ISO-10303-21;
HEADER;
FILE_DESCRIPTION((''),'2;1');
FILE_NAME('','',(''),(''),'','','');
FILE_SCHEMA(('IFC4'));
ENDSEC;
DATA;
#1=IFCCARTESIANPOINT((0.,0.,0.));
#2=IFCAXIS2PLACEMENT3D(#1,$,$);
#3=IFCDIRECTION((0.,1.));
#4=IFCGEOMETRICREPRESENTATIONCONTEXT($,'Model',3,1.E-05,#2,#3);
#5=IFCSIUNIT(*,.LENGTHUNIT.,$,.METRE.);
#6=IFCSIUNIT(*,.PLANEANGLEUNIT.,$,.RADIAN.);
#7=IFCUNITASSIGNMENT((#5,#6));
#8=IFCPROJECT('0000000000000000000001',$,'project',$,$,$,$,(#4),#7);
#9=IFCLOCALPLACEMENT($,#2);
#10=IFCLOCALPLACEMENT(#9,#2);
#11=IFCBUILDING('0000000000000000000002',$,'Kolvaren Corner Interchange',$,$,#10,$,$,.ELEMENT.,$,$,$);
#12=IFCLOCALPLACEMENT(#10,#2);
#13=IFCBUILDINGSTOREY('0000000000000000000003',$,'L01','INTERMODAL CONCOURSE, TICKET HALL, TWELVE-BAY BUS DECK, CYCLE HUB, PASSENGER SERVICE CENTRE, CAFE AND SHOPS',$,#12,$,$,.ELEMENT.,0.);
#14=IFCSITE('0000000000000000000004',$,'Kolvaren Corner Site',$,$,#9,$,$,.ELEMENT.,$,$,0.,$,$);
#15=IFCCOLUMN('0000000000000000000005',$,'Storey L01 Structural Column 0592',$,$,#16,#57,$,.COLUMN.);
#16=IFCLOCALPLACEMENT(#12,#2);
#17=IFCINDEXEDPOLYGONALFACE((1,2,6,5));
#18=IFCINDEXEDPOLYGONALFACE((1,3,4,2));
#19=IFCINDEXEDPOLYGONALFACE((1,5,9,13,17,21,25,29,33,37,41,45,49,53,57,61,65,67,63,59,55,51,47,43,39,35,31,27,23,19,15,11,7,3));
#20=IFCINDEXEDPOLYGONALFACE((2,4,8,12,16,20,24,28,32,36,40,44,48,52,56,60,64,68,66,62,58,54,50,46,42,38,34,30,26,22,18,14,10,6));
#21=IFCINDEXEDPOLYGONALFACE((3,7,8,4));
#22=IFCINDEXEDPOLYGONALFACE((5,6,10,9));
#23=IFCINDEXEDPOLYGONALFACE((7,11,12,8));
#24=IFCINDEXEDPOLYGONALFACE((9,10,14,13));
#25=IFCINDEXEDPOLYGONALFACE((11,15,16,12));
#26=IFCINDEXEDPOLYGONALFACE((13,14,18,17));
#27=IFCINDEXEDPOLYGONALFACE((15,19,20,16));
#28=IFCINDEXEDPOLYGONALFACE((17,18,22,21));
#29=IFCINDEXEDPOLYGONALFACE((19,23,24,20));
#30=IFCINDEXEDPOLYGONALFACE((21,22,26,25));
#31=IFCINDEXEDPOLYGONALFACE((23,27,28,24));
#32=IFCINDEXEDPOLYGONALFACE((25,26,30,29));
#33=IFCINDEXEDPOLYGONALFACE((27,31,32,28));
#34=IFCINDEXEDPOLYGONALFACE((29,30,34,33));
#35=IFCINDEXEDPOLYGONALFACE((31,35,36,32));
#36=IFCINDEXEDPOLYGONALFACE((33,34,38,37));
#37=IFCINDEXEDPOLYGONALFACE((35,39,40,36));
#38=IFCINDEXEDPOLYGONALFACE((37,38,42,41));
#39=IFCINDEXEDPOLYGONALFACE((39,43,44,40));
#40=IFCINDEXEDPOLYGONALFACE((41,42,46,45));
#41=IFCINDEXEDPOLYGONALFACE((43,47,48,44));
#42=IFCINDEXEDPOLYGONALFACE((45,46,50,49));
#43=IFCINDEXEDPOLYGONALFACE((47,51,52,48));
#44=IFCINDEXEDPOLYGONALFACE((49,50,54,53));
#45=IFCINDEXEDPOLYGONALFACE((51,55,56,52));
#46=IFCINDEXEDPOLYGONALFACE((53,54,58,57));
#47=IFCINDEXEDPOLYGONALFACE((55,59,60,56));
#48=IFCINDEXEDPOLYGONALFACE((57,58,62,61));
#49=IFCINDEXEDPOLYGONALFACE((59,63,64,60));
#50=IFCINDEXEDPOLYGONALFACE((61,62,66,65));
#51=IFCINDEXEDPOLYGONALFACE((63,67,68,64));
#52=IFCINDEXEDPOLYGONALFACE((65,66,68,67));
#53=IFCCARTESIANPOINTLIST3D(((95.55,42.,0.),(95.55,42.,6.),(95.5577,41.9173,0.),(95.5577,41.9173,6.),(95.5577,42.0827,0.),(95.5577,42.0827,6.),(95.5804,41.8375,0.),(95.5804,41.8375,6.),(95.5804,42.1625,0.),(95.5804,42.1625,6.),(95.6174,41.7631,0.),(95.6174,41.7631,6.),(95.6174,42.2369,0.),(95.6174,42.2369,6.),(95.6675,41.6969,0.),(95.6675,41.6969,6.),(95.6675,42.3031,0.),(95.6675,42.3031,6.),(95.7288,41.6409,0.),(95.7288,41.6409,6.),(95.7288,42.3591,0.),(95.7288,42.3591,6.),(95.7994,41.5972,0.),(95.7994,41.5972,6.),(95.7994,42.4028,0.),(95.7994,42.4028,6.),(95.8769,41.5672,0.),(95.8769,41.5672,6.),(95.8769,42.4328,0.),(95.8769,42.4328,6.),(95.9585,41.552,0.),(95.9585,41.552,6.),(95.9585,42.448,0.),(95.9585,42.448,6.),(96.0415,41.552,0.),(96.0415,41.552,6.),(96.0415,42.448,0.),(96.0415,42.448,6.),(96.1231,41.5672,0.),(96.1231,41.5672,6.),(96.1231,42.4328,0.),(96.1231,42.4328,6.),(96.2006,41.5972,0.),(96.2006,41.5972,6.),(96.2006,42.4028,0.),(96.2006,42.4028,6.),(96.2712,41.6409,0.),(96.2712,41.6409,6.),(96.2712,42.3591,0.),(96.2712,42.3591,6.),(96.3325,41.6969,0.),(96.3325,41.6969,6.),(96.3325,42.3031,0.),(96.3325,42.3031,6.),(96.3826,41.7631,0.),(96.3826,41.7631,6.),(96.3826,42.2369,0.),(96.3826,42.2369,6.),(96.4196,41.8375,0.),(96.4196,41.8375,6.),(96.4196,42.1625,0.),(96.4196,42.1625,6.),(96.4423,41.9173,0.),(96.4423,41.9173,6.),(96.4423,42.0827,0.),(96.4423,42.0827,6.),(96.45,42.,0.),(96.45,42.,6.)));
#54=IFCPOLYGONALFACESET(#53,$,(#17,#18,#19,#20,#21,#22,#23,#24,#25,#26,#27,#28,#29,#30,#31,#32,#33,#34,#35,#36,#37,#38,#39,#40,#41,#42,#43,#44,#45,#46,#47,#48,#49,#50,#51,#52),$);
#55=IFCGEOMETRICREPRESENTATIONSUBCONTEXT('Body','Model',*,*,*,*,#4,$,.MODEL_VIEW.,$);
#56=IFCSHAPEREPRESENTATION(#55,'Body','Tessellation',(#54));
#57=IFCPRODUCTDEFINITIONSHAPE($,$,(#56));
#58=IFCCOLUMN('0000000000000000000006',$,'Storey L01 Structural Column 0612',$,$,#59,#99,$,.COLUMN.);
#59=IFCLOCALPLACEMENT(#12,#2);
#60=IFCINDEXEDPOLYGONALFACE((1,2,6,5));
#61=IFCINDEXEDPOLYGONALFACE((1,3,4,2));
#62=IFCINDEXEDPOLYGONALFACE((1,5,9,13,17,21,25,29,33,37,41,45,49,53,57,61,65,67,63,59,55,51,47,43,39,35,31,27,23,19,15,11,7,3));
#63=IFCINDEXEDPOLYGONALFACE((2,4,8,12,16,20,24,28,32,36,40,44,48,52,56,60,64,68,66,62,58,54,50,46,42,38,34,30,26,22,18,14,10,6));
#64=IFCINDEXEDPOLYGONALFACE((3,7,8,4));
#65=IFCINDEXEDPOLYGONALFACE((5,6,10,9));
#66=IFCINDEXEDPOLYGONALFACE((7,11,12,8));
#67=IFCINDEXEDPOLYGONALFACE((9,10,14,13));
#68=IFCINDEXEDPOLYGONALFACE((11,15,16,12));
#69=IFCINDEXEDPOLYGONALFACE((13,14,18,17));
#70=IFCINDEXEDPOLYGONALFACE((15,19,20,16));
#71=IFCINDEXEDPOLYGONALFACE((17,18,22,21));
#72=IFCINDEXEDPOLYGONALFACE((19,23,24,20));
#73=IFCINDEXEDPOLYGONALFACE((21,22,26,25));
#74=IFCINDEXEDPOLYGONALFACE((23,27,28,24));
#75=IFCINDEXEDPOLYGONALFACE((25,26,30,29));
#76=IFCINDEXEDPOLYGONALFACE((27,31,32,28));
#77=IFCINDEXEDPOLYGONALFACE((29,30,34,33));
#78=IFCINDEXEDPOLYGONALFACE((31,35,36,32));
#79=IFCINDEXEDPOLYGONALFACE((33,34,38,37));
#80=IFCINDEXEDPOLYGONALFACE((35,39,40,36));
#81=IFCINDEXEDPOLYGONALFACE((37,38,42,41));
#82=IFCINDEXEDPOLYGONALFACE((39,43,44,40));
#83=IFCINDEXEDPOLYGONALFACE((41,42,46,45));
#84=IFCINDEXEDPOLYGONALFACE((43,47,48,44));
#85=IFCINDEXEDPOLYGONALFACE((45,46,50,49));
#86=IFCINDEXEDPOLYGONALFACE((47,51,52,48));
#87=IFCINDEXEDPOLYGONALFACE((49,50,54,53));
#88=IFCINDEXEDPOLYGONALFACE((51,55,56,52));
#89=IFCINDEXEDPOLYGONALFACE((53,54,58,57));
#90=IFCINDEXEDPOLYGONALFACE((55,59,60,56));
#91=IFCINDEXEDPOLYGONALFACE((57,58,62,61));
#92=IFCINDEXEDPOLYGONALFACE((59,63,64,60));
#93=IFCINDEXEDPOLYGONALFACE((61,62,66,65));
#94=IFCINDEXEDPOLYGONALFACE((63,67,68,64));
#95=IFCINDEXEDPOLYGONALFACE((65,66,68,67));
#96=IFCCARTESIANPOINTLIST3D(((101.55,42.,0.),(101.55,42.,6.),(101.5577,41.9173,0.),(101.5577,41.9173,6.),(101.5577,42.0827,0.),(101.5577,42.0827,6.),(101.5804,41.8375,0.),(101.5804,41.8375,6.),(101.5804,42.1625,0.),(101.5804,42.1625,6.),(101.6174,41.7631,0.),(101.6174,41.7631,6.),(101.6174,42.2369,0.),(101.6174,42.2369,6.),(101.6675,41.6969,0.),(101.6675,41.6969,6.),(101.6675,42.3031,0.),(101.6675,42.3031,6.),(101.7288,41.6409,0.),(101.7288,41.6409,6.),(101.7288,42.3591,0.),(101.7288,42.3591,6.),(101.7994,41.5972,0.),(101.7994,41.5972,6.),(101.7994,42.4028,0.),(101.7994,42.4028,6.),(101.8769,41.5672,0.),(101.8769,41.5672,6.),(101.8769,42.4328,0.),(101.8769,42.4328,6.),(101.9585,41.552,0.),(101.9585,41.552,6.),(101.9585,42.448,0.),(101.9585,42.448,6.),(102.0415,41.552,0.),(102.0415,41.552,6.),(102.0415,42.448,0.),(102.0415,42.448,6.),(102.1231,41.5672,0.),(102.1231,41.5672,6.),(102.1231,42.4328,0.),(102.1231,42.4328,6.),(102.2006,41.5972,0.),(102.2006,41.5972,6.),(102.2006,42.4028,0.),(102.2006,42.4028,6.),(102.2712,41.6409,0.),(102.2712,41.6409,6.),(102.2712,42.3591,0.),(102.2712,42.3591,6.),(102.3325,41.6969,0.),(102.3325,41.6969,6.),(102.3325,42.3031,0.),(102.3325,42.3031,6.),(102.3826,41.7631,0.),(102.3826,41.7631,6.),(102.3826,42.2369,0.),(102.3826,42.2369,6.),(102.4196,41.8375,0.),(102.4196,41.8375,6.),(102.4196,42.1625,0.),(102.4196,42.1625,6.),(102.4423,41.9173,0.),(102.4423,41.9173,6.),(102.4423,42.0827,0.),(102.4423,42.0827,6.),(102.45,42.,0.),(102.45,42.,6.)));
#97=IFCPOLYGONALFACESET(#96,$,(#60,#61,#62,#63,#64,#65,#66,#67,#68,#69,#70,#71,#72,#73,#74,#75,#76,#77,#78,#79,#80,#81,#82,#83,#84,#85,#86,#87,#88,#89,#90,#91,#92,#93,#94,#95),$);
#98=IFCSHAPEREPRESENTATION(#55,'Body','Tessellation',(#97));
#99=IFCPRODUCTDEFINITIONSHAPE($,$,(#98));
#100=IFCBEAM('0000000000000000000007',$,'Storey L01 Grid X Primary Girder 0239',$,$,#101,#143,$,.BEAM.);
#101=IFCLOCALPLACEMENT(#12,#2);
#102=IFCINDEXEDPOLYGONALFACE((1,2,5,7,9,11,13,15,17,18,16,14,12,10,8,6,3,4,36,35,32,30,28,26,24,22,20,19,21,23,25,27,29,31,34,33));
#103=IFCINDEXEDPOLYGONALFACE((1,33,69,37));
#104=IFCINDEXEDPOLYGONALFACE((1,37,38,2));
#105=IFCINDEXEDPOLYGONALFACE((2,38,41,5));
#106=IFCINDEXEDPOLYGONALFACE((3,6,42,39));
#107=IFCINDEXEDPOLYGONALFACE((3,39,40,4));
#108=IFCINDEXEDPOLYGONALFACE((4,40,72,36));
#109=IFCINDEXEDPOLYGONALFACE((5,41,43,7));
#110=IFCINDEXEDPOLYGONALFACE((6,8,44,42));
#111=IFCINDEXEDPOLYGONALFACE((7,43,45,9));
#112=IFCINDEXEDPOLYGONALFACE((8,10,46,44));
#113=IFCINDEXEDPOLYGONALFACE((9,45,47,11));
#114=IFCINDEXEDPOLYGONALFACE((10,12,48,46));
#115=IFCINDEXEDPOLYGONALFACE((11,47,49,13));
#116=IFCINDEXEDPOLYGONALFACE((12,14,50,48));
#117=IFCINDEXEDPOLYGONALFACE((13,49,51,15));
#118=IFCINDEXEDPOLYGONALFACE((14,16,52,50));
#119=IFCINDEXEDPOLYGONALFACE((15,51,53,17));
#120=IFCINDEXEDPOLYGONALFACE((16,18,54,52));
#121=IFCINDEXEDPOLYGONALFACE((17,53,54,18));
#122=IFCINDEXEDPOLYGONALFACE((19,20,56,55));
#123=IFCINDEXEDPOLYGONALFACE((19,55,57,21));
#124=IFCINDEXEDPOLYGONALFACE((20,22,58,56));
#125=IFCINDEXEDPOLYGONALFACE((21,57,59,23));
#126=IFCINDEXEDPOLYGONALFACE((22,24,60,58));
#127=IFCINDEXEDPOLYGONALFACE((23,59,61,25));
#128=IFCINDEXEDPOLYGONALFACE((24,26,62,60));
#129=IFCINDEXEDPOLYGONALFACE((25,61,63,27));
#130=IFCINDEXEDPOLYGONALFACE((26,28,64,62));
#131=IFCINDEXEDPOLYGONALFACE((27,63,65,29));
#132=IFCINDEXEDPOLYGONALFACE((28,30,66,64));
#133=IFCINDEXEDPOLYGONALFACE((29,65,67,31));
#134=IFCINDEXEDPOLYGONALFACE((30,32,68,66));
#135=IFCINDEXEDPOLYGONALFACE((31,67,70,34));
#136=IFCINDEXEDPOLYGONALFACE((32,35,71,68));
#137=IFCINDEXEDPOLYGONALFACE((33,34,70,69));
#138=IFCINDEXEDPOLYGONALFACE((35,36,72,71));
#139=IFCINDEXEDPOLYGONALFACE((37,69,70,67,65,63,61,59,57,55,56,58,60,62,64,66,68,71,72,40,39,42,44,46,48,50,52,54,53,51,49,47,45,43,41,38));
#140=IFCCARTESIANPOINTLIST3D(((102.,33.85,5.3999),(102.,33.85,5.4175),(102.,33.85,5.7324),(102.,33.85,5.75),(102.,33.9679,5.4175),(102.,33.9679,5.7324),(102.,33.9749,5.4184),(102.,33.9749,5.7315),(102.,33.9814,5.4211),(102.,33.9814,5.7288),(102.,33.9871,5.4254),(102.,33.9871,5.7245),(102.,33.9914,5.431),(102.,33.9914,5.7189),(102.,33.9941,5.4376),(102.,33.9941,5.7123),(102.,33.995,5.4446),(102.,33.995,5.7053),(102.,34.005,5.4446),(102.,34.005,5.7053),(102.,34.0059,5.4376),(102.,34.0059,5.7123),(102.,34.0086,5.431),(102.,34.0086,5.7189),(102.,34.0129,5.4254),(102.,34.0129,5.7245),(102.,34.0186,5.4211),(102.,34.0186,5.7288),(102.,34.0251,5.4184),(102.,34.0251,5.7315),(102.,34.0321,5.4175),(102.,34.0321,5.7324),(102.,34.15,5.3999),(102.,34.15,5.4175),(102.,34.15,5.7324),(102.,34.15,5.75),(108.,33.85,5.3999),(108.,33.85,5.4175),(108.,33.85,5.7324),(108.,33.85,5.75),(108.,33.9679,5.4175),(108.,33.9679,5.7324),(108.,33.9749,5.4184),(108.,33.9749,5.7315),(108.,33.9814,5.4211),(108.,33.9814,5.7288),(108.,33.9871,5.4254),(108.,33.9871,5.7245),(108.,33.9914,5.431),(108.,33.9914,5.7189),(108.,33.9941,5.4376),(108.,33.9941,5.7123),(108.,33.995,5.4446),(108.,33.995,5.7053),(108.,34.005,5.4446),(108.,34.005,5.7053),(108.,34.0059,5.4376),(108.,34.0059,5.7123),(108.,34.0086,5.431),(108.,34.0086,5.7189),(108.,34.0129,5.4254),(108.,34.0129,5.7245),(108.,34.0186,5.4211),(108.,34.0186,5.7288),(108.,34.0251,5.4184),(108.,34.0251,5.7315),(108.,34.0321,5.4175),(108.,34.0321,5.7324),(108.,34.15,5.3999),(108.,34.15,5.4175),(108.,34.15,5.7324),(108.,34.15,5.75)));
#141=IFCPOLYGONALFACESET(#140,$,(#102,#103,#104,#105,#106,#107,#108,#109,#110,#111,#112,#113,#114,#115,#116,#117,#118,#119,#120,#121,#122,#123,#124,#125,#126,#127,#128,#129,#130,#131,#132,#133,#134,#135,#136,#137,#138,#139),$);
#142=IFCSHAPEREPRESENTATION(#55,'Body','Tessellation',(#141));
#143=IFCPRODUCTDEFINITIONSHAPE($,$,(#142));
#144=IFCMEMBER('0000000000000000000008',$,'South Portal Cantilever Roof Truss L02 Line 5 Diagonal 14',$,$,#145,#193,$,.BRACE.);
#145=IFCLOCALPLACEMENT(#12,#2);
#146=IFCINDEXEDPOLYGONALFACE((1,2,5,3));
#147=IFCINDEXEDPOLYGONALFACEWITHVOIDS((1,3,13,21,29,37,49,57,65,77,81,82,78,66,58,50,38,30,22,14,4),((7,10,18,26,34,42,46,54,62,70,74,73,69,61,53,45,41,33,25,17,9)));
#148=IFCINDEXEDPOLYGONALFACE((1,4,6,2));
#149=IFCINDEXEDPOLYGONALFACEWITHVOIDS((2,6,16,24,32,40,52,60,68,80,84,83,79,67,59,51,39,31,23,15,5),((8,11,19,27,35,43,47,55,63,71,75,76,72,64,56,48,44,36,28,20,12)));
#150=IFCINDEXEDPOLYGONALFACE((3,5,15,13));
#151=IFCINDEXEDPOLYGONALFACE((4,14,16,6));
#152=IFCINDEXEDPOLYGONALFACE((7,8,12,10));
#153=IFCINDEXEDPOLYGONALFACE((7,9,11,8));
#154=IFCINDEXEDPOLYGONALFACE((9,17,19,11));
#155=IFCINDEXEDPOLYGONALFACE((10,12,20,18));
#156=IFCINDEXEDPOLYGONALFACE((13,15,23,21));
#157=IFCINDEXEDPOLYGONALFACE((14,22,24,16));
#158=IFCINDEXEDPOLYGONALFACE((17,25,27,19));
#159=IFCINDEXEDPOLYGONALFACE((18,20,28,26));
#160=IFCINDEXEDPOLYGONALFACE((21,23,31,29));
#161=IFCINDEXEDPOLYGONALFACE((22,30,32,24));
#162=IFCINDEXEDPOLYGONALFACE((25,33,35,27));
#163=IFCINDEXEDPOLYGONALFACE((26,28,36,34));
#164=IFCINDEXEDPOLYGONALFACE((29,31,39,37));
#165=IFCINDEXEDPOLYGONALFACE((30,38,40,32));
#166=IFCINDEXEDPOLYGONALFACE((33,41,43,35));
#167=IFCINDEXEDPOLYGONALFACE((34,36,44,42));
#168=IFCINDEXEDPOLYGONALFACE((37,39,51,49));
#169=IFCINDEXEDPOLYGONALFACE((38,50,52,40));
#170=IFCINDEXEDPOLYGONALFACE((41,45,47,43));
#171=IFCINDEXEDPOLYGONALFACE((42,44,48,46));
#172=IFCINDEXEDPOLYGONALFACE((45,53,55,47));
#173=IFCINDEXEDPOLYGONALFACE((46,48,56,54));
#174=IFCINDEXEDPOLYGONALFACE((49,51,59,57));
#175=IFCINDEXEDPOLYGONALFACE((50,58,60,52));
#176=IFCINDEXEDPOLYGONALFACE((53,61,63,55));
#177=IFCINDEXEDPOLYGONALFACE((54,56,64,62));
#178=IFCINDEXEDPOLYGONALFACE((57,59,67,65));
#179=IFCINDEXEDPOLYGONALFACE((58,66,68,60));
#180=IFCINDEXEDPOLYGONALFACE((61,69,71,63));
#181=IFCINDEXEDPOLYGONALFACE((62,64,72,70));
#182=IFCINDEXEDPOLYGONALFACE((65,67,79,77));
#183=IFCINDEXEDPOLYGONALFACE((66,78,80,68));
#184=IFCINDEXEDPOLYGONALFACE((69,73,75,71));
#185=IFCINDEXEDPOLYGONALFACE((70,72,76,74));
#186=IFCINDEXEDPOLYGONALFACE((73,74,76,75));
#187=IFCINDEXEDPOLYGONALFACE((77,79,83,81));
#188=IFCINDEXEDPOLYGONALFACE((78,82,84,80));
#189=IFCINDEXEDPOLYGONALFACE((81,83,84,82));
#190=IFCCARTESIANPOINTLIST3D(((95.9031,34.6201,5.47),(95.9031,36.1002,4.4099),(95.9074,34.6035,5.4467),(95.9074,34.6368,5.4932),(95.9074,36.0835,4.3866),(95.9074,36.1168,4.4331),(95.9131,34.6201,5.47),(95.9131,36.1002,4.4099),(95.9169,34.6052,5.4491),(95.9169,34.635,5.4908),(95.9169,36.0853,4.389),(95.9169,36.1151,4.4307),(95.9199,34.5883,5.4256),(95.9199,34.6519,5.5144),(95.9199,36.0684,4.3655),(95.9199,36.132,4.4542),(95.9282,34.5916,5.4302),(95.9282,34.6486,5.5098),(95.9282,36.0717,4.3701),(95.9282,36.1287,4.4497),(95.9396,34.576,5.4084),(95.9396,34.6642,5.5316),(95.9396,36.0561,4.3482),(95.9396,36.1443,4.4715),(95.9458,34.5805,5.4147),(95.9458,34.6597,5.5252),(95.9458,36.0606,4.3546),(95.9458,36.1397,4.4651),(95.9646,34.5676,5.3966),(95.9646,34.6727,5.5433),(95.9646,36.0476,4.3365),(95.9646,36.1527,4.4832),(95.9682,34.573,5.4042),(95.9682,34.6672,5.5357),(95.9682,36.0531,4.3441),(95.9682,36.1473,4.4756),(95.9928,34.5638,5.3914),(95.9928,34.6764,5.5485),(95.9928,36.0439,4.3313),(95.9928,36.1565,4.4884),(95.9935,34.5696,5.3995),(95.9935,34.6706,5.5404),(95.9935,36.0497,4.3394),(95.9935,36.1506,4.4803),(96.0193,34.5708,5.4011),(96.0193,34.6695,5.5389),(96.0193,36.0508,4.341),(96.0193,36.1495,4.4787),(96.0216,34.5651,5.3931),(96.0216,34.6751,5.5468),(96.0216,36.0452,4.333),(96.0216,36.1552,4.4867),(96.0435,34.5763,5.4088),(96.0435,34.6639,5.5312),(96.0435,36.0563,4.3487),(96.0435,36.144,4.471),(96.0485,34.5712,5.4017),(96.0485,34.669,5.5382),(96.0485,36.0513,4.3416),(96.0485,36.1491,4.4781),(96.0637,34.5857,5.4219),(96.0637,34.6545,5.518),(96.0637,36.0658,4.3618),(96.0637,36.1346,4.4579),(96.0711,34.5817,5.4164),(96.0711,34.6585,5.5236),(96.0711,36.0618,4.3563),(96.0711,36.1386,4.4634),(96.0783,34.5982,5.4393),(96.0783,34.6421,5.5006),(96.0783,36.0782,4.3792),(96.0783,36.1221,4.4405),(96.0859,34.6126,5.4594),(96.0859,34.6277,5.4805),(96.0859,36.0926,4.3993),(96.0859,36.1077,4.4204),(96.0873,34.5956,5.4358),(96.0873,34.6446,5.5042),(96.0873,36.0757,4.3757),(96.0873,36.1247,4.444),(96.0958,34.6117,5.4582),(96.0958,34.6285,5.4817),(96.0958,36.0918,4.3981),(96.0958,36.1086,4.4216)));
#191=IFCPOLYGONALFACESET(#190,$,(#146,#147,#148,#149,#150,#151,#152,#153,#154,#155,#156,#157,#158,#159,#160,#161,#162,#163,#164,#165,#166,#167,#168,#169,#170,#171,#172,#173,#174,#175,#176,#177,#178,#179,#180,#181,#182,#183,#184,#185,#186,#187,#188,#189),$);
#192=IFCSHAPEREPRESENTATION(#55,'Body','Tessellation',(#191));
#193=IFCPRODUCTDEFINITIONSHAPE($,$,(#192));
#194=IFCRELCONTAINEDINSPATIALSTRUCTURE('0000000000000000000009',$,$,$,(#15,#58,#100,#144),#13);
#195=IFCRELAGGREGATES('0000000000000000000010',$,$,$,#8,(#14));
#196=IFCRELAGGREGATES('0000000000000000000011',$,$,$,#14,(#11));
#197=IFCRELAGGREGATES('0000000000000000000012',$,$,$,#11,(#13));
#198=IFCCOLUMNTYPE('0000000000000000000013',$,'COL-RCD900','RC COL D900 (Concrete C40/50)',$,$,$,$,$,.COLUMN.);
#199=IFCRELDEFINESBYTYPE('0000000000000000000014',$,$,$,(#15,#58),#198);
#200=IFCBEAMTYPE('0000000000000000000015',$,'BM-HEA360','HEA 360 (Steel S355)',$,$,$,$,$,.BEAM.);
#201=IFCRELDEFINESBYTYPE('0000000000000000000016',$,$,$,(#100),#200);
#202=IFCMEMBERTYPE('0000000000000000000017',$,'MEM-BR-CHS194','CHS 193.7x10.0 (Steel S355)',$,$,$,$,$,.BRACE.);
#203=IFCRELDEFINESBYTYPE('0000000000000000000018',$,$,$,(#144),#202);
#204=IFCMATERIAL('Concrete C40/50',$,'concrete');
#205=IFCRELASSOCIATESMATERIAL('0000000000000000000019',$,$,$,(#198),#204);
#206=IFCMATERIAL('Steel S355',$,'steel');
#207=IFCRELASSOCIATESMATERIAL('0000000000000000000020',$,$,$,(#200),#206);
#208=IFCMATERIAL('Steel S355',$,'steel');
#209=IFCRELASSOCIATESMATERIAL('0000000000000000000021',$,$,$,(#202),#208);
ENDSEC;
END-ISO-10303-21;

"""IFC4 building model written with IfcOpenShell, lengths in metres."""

from ifc_helpers import new_model, si_unit, direction, frame, origin, origin_2d, place, context, subcontext, project, spatial, circle, hollow_circle, i_section, extrude, material, material_profile, profile_set, type_object, element, save


model = new_model("IFC4")

# Units and contexts
model_context = context("Model", 3, precision=1e-05, world=origin(), true_north=direction((0.0, 1.0)))
body_context = subcontext(model_context, "Body", "Model", "MODEL_VIEW")
ifc_project = project(units=[si_unit("LENGTHUNIT", "METRE"), si_unit("PLANEANGLEUNIT", "RADIAN")], contexts=[model_context])

# Site, building, storey
site_placement = place(None, origin())
site = spatial("IfcSite", under=ifc_project, at=site_placement, Name="Kolvaren Corner Site", CompositionType="ELEMENT", RefElevation=0.0)
building_placement = place(site_placement, origin())
building = spatial("IfcBuilding", under=site, at=building_placement, Name="Kolvaren Corner Interchange", CompositionType="ELEMENT")
storey_placement = place(building_placement, origin())
storey = spatial("IfcBuildingStorey", under=building, at=storey_placement, Name="L01", Description="INTERMODAL CONCOURSE, TICKET HALL, TWELVE-BAY BUS DECK, CYCLE HUB, PASSENGER SERVICE CENTRE, CAFE AND SHOPS", CompositionType="ELEMENT", Elevation=0.0)

# Columns
ifc_material_1 = material(Name="Concrete C40/50", Category="concrete")
ifc_material_profile_1 = material_profile(ifc_material_1, circle(Radius=0.45, at=origin_2d()), Name="RC COL D900")
ifc_profile_set_1 = profile_set([ifc_material_profile_1], Name="Concrete C40/50")
column_type = type_object("IfcColumnType", Name="COL-RCD900", Description="RC COL D900 (Concrete C40/50)", PredefinedType="COLUMN", material=ifc_profile_set_1)
for number, where, z_axis, x_axis, name in (
    (1, (96.0, 42.0, 0.0), (0.0, 0.0, 1.0), (1.0, 0.0, 0.0), "Storey L01 Structural Column 0592"),
    (2, (102.0, 42.0, 0.0), (0.0, 0.0, 1.0), (1.0, 0.0, 0.0), "Storey L01 Structural Column 0612"),
):
    element("IfcColumn", number, at=place(storey_placement, frame(where, z_axis=z_axis, x_axis=x_axis)), inside=storey, type_object=column_type, Name=name, PredefinedType="COLUMN", context=body_context, shape_type="SweptSolid", body=[
        extrude(circle(Radius=0.45, at=origin_2d()), origin(), (0.0, 0.0, 1.0), 6.0),
    ])

# Beam
ifc_material_2 = material(Name="Steel S355", Category="steel")
ifc_material_profile_2 = material_profile(ifc_material_2, i_section(OverallWidth=0.3, OverallDepth=0.3501, WebThickness=0.01, FlangeThickness=0.0176, FilletRadius=0.0271, at=origin_2d()), Name="HEA 360")
ifc_profile_set_2 = profile_set([ifc_material_profile_2], Name="Steel S355")
beam_type = type_object("IfcBeamType", Name="BM-HEA360", Description="HEA 360 (Steel S355)", PredefinedType="BEAM", material=ifc_profile_set_2)
beam_placement = place(storey_placement, frame((102.0, 34.0, 5.575), z_axis=(1.0, 0.0, 0.0), x_axis=(0.0, 1.0, 0.0)))
element("IfcBeam", 3, at=beam_placement, inside=storey, type_object=beam_type, Name="Storey L01 Grid X Primary Girder 0239", PredefinedType="BEAM", context=body_context, shape_type="SweptSolid", body=[
    extrude(i_section(OverallWidth=0.3, OverallDepth=0.3501, WebThickness=0.01, FlangeThickness=0.0176, FilletRadius=0.0271, at=origin_2d()), origin(), (0.0, 0.0, 1.0), 6.0),
])

# Member
ifc_material_3 = material(Name="Steel S355", Category="steel")
ifc_material_profile_3 = material_profile(ifc_material_3, hollow_circle(Radius=0.0969, WallThickness=0.01, at=origin_2d()), Name="CHS 193.7x10.0")
ifc_profile_set_3 = profile_set([ifc_material_profile_3], Name="Steel S355")
member_type_1 = type_object("IfcMemberType", Name="MEM-BR-CHS194", Description="CHS 193.7x10.0 (Steel S355)", PredefinedType="BRACE", material=ifc_profile_set_3)
for number, where, z_axis, x_axis, name in (
    (4, (96.0, 34.6201, 5.47), (0.0, 0.812972, -0.582303), (-1.0, 0.0, 0.0), "South Portal Cantilever Roof Truss L02 Line 5 Diagonal 14"),
):
    element("IfcMember", number, at=place(storey_placement, frame(where, z_axis=z_axis, x_axis=x_axis)), inside=storey, type_object=member_type_1, Name=name, PredefinedType="BRACE", context=body_context, shape_type="SweptSolid", body=[
        extrude(hollow_circle(Radius=0.0969, WallThickness=0.01, at=origin_2d()), origin(), (0.0, 0.0, 1.0), 1.8206),
    ])

save(model, "model.ifc")
